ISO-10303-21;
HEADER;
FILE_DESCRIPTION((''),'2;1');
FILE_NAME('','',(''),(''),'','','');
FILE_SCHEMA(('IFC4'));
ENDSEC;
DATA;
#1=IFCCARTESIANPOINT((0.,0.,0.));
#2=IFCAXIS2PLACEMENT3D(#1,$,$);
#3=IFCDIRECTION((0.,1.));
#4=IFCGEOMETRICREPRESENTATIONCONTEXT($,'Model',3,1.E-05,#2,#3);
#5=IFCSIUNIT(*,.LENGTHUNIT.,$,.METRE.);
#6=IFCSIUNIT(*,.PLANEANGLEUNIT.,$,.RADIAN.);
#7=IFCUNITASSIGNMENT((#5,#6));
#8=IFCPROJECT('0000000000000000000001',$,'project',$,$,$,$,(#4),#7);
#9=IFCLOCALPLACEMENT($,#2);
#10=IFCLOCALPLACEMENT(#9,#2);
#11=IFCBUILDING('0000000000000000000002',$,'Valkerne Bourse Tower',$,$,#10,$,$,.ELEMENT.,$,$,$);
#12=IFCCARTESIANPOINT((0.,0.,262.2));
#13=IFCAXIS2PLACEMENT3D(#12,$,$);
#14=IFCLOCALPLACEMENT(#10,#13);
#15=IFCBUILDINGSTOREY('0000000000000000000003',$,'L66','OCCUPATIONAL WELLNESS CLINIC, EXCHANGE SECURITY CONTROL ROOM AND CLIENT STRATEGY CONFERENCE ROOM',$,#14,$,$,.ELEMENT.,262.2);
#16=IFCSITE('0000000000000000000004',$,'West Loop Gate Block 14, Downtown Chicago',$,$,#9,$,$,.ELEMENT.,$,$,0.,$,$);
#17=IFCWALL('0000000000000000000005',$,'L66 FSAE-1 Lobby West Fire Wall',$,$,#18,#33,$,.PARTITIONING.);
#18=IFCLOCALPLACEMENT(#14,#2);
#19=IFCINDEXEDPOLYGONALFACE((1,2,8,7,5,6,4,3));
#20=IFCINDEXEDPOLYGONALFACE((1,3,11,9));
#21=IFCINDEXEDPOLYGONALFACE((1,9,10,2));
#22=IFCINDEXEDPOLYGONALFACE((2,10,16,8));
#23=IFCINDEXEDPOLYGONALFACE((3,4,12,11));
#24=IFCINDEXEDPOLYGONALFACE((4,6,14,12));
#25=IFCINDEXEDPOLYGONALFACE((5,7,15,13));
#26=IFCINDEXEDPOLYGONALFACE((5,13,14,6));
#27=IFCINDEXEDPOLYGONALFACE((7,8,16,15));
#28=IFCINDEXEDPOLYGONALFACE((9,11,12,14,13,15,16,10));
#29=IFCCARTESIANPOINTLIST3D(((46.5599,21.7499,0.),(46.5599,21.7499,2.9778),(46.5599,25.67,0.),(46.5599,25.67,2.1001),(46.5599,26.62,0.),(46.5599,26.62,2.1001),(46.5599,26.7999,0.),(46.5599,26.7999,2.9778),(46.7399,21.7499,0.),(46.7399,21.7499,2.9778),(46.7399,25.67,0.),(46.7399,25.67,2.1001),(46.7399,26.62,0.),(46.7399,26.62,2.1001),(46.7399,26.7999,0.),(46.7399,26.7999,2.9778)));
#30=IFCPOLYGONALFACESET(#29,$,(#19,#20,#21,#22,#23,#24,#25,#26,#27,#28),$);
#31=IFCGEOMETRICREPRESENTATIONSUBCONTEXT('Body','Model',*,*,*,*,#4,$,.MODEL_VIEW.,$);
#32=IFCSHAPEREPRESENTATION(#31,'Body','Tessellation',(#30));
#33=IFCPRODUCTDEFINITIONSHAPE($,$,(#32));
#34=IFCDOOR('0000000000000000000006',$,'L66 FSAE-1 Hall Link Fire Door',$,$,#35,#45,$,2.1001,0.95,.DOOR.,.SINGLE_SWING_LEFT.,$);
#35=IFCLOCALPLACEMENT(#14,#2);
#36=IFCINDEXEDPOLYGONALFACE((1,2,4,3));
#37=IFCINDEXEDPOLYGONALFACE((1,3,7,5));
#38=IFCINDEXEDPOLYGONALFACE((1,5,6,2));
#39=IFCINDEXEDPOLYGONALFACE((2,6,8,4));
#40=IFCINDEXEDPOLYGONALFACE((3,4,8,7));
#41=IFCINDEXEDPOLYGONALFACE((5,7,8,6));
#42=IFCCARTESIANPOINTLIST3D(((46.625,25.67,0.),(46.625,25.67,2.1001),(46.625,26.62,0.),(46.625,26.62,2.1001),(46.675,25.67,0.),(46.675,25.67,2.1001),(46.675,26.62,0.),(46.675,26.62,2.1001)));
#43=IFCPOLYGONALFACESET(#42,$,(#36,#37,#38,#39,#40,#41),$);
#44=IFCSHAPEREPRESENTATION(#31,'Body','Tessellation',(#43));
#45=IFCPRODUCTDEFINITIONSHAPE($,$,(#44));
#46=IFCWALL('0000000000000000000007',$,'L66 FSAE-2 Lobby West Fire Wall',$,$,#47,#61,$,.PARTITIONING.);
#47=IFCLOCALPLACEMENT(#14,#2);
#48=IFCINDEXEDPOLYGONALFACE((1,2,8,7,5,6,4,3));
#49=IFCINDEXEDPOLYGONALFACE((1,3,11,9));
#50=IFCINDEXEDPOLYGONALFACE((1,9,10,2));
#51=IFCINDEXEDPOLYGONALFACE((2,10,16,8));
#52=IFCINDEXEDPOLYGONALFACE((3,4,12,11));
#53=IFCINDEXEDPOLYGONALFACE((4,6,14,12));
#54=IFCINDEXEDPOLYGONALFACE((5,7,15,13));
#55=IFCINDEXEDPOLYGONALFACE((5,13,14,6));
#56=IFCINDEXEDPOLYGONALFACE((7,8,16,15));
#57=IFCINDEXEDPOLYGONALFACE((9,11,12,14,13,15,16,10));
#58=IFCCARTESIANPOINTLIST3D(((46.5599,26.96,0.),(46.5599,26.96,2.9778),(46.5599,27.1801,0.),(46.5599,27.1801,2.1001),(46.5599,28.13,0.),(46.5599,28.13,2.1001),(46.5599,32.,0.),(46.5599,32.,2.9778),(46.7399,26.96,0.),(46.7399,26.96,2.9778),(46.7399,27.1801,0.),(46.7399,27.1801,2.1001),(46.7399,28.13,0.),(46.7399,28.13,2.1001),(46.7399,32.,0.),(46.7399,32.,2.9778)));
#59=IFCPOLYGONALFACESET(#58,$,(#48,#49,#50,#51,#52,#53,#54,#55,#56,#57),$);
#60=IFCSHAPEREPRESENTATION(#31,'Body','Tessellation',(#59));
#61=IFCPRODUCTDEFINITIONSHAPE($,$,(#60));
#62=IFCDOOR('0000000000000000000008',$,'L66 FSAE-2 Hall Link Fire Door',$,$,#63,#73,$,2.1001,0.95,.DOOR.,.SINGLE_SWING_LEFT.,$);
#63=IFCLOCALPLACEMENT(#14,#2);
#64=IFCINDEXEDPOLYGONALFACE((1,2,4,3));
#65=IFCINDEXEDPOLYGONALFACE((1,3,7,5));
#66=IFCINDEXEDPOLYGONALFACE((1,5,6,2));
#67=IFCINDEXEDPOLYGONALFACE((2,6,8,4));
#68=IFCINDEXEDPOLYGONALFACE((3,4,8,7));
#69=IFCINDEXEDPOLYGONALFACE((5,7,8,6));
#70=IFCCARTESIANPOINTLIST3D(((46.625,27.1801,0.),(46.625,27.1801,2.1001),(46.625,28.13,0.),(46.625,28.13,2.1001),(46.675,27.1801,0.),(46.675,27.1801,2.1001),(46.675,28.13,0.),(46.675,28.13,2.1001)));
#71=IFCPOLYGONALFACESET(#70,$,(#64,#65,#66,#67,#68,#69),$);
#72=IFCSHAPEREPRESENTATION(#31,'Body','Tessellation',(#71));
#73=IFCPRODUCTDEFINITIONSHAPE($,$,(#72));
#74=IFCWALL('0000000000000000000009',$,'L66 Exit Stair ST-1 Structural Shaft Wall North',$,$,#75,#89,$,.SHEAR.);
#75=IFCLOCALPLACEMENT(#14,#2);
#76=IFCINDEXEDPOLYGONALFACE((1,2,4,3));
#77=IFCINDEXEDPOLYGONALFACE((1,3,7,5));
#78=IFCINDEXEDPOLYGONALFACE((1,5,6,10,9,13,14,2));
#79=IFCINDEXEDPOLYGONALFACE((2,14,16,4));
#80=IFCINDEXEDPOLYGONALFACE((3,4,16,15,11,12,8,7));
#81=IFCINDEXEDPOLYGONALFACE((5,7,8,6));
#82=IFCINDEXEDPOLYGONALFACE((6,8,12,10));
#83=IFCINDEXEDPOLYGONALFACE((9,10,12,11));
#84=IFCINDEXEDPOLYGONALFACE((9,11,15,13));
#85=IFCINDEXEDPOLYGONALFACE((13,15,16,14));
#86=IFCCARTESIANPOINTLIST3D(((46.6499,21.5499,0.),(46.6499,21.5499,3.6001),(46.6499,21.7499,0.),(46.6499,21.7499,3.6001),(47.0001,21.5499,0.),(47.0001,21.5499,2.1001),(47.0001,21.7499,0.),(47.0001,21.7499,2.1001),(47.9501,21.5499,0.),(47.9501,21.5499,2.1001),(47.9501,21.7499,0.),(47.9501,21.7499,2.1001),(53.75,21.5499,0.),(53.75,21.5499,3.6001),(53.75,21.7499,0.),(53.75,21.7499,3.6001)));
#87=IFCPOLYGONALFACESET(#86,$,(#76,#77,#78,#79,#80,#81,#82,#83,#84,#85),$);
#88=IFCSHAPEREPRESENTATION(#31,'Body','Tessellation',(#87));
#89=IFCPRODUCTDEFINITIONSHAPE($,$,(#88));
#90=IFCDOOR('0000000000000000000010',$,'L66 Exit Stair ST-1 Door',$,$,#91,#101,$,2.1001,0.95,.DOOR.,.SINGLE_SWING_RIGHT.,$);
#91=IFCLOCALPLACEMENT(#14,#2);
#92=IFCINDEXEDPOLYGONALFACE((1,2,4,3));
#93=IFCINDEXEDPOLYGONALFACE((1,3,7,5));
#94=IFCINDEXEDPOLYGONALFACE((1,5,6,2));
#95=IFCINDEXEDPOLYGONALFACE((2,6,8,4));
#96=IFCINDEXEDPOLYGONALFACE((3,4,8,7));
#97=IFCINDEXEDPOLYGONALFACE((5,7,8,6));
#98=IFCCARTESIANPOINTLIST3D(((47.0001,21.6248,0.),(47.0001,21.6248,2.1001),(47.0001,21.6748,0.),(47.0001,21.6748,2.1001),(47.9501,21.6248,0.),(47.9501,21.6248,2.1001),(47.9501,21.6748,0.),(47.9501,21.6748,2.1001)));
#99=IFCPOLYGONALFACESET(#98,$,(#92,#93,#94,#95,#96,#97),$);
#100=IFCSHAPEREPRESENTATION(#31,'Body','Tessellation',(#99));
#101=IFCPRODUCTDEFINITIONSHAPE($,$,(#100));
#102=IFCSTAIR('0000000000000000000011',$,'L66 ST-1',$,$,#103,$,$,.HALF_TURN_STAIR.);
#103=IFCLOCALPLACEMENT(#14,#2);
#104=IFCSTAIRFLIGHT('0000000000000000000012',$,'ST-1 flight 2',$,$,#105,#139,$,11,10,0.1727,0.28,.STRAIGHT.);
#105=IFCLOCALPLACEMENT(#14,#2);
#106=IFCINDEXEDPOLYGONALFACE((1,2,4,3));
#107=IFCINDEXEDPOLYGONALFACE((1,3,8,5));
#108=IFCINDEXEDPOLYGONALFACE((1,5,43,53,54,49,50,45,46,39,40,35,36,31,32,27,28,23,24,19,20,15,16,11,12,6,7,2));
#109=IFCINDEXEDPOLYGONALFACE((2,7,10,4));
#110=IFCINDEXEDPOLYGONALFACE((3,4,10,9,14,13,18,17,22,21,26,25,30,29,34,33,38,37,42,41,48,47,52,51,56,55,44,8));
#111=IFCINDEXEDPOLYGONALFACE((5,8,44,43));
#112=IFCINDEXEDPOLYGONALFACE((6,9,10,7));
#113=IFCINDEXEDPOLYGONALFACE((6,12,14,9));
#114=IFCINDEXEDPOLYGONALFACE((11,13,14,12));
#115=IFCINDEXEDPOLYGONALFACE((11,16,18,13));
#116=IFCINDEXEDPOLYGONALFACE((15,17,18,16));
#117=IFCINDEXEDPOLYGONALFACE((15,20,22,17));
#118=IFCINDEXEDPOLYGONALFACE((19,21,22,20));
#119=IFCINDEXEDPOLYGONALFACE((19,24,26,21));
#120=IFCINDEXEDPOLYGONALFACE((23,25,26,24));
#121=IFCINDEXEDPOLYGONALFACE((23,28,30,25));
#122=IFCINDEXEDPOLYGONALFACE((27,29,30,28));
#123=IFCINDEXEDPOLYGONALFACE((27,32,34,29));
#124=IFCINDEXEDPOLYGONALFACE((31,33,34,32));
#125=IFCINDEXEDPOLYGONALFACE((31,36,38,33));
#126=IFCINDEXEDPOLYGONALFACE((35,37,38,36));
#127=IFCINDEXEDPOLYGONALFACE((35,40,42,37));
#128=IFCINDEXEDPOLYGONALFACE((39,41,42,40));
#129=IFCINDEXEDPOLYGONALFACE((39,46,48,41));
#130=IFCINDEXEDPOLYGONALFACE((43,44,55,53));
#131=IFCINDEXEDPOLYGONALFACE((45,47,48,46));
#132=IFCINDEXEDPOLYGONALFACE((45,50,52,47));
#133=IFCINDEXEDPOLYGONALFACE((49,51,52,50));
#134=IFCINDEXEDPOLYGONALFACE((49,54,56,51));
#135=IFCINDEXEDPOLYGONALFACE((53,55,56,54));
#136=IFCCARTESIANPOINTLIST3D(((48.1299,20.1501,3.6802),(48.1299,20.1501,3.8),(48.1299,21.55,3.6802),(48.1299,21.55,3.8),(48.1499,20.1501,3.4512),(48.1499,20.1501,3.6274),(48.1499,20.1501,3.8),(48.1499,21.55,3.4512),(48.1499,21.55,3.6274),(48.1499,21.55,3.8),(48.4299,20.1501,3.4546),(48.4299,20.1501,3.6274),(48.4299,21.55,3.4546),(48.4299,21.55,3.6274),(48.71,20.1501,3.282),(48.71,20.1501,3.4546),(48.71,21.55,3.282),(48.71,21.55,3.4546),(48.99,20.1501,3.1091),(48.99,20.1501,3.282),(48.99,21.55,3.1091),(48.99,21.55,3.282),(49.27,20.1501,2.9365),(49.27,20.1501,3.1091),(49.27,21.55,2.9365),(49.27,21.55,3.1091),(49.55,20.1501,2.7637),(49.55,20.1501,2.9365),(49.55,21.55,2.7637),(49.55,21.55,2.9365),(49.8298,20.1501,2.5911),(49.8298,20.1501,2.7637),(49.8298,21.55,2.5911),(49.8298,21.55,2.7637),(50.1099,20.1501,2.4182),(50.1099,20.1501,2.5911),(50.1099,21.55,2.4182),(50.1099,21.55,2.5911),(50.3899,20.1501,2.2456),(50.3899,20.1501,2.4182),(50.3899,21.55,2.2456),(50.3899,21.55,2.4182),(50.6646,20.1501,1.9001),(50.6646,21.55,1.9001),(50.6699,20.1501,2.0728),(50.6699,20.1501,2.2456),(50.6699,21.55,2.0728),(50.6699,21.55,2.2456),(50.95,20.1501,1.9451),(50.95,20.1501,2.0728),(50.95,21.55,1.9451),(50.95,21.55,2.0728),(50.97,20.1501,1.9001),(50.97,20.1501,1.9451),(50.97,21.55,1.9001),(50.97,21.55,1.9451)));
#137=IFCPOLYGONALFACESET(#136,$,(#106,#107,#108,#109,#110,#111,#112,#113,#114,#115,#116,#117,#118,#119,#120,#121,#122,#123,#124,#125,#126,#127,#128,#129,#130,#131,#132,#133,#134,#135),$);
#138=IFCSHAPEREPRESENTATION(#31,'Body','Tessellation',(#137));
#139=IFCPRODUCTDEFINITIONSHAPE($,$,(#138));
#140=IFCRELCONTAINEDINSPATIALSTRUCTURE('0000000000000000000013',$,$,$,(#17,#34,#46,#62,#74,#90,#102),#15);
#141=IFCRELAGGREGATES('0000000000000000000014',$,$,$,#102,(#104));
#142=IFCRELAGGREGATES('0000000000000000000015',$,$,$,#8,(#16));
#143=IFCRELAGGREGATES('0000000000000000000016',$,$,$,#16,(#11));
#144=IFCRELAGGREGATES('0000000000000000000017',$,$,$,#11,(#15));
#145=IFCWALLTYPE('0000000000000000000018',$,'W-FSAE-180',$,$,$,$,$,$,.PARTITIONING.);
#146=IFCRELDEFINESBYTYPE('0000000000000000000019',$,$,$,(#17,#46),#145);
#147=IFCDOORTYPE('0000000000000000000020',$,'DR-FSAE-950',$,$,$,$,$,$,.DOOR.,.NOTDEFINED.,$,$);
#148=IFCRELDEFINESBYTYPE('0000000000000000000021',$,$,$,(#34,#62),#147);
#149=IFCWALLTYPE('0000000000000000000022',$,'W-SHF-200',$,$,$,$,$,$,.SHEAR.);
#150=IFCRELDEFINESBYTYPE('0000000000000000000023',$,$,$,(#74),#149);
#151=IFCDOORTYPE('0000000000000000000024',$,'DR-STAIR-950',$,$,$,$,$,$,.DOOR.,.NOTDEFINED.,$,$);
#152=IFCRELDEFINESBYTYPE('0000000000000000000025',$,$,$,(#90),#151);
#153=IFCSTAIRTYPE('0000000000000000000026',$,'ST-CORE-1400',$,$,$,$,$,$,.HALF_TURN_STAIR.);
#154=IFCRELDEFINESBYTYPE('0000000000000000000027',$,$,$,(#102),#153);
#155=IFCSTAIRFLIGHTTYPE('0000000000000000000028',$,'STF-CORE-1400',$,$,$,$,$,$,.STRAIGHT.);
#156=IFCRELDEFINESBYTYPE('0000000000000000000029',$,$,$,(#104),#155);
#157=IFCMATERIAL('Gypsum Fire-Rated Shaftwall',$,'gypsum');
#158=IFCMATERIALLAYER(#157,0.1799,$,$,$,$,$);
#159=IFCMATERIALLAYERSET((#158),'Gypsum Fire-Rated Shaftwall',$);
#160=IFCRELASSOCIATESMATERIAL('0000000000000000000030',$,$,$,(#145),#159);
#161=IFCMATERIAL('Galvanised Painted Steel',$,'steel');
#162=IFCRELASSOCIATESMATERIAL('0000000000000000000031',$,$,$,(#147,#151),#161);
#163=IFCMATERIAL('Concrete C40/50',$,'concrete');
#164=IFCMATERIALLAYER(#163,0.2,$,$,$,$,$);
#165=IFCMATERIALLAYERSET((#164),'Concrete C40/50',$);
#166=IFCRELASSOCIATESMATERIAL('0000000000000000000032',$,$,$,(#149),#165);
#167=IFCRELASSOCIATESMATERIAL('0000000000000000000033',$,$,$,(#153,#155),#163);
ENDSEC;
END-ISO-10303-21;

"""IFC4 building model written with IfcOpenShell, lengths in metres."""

from ifc_helpers import new_model, si_unit, direction, frame, frame_2d, origin, place, context, subcontext, project, spatial, polyline, rectangle, outline, extrude, material, layer, layer_set, type_object, element, fill, aggregate, save


model = new_model("IFC4")

# Units and contexts
model_context = context("Model", 3, precision=1e-05, world=origin(), true_north=direction((0.0, 1.0)))
body_context = subcontext(model_context, "Body", "Model", "MODEL_VIEW")
ifc_project = project(units=[si_unit("LENGTHUNIT", "METRE"), si_unit("PLANEANGLEUNIT", "RADIAN")], contexts=[model_context])

# Site, building, storey
site_placement = place(None, origin())
site = spatial("IfcSite", under=ifc_project, at=site_placement, Name="West Loop Gate Block 14, Downtown Chicago", CompositionType="ELEMENT", RefElevation=0.0)
building_placement = place(site_placement, origin())
building = spatial("IfcBuilding", under=site, at=building_placement, Name="Valkerne Bourse Tower", CompositionType="ELEMENT")
storey_placement = place(building_placement, frame((0.0, 0.0, 262.2)))
storey = spatial("IfcBuildingStorey", under=building, at=storey_placement, Name="L66", Description="OCCUPATIONAL WELLNESS CLINIC, EXCHANGE SECURITY CONTROL ROOM AND CLIENT STRATEGY CONFERENCE ROOM", CompositionType="ELEMENT", Elevation=262.2)

# Shared definitions
ifc_material_1 = material(Name="Gypsum Fire-Rated Shaftwall", Category="gypsum")
ifc_layer_1 = layer(ifc_material_1, 0.1799)
ifc_layer_set_1 = layer_set([ifc_layer_1], Name="Gypsum Fire-Rated Shaftwall")
wall_type_1 = type_object("IfcWallType", Name="W-FSAE-180", PredefinedType="PARTITIONING", material=ifc_layer_set_1)

# Walls, openings, doors
wall_1_placement = place(storey_placement, frame((46.6499, 21.75, 0.0), z_axis=(0.0, 0.0, 1.0), x_axis=(0.0, 1.0, 0.0)))
wall_1 = element("IfcWall", 1, at=wall_1_placement, inside=storey, type_object=wall_type_1, Name="L66 FSAE-1 Lobby West Fire Wall", PredefinedType="PARTITIONING", context=body_context, shape_type="SweptSolid", body=[
    extrude(rectangle(XDim=5.05, YDim=0.1799, at=frame_2d((2.5249, 0.0))), origin(), (0.0, 0.0, 1.0), 2.9778),
])
opening_1_placement = place(wall_1_placement, frame((3.9199, 0.0, 0.0)))
opening_1 = element("IfcOpeningElement", 2, at=opening_1_placement, cuts=wall_1, PredefinedType="OPENING", context=body_context, shape_type="SweptSolid", body=[
    extrude(rectangle(XDim=0.95, YDim=2.1001, at=frame_2d((0.4751, 1.05))), frame((0.0, 0.0999, 0.0), z_axis=(0.0, -1.0, 0.0), x_axis=(1.0, 0.0, 0.0)), (0.0, 0.0, 1.0), 0.2),
])
ifc_material_2 = material(Name="Galvanised Painted Steel", Category="steel")
door_type_1 = type_object("IfcDoorType", Name="DR-FSAE-950", OperationType="NOTDEFINED", PredefinedType="DOOR", material=ifc_material_2)
door_1_placement = place(opening_1_placement, origin())
door_1 = element("IfcDoor", 3, at=door_1_placement, inside=storey, type_object=door_type_1, Name="L66 FSAE-1 Hall Link Fire Door", OperationType="SINGLE_SWING_LEFT", OverallHeight=2.1001, OverallWidth=0.95, PredefinedType="DOOR", context=body_context, shape_type="SweptSolid", body=[
    extrude(rectangle(XDim=0.95, YDim=2.1001, at=frame_2d((0.4751, 1.05))), frame((0.0, 0.0249, 0.0), z_axis=(0.0, -1.0, 0.0), x_axis=(1.0, 0.0, 0.0)), (0.0, 0.0, 1.0), 0.05),
])
fill(opening_1, door_1)
wall_2_placement = place(storey_placement, frame((46.6499, 26.96, 0.0), z_axis=(0.0, 0.0, 1.0), x_axis=(0.0, 1.0, 0.0)))
wall_2 = element("IfcWall", 4, at=wall_2_placement, inside=storey, type_object=wall_type_1, Name="L66 FSAE-2 Lobby West Fire Wall", PredefinedType="PARTITIONING", context=body_context, shape_type="SweptSolid", body=[
    extrude(rectangle(XDim=5.04, YDim=0.1799, at=frame_2d((2.52, 0.0))), origin(), (0.0, 0.0, 1.0), 2.9778),
])
opening_2_placement = place(wall_2_placement, frame((0.22, 0.0, 0.0)))
opening_2 = element("IfcOpeningElement", 5, at=opening_2_placement, cuts=wall_2, PredefinedType="OPENING", context=body_context, shape_type="SweptSolid", body=[
    extrude(rectangle(XDim=0.95, YDim=2.1001, at=frame_2d((0.4751, 1.05))), frame((0.0, 0.0999, 0.0), z_axis=(0.0, -1.0, 0.0), x_axis=(1.0, 0.0, 0.0)), (0.0, 0.0, 1.0), 0.2),
])
door_2_placement = place(opening_2_placement, origin())
door_2 = element("IfcDoor", 6, at=door_2_placement, inside=storey, type_object=door_type_1, Name="L66 FSAE-2 Hall Link Fire Door", OperationType="SINGLE_SWING_LEFT", OverallHeight=2.1001, OverallWidth=0.95, PredefinedType="DOOR", context=body_context, shape_type="SweptSolid", body=[
    extrude(rectangle(XDim=0.95, YDim=2.1001, at=frame_2d((0.4751, 1.05))), frame((0.0, 0.0249, 0.0), z_axis=(0.0, -1.0, 0.0), x_axis=(1.0, 0.0, 0.0)), (0.0, 0.0, 1.0), 0.05),
])
fill(opening_2, door_2)

# Wall, opening, door
ifc_material_3 = material(Name="Concrete C40/50", Category="concrete")
ifc_layer_2 = layer(ifc_material_3, 0.2)
ifc_layer_set_2 = layer_set([ifc_layer_2], Name="Concrete C40/50")
wall_type_2 = type_object("IfcWallType", Name="W-SHF-200", PredefinedType="SHEAR", material=ifc_layer_set_2)
wall_3_placement = place(storey_placement, frame((46.6499, 21.6499, 0.0), z_axis=(0.0, 0.0, 1.0), x_axis=(1.0, 0.0, 0.0)))
wall_3 = element("IfcWall", 7, at=wall_3_placement, inside=storey, type_object=wall_type_2, Name="L66 Exit Stair ST-1 Structural Shaft Wall North", PredefinedType="SHEAR", context=body_context, shape_type="SweptSolid", body=[
    extrude(rectangle(XDim=7.1001, YDim=0.2, at=frame_2d((3.55, 0.0))), origin(), (0.0, 0.0, 1.0), 3.6001),
])
opening_3_placement = place(wall_3_placement, frame((0.3501, 0.0, 0.0)))
opening_3 = element("IfcOpeningElement", 8, at=opening_3_placement, cuts=wall_3, PredefinedType="OPENING", context=body_context, shape_type="SweptSolid", body=[
    extrude(rectangle(XDim=0.95, YDim=2.1001, at=frame_2d((0.4751, 1.05))), frame((0.0, 0.1099, 0.0), z_axis=(0.0, -1.0, 0.0), x_axis=(1.0, 0.0, 0.0)), (0.0, 0.0, 1.0), 0.22),
])
door_type_2 = type_object("IfcDoorType", Name="DR-STAIR-950", OperationType="NOTDEFINED", PredefinedType="DOOR", material=ifc_material_2)
door_3_placement = place(opening_3_placement, origin())
door_3 = element("IfcDoor", 9, at=door_3_placement, inside=storey, type_object=door_type_2, Name="L66 Exit Stair ST-1 Door", OperationType="SINGLE_SWING_RIGHT", OverallHeight=2.1001, OverallWidth=0.95, PredefinedType="DOOR", context=body_context, shape_type="SweptSolid", body=[
    extrude(rectangle(XDim=0.95, YDim=2.1001, at=frame_2d((0.4751, 1.05))), frame((0.0, 0.0249, 0.0), z_axis=(0.0, -1.0, 0.0), x_axis=(1.0, 0.0, 0.0)), (0.0, 0.0, 1.0), 0.05),
])
fill(opening_3, door_3)

# Stair, stair flight
stair_type = type_object("IfcStairType", Name="ST-CORE-1400", PredefinedType="HALF_TURN_STAIR", material=ifc_material_3)
stair_placement = place(storey_placement, origin())
stair = element("IfcStair", 10, at=stair_placement, inside=storey, type_object=stair_type, Name="L66 ST-1", PredefinedType="HALF_TURN_STAIR")
stair_flight_type = type_object("IfcStairFlightType", Name="STF-CORE-1400", PredefinedType="STRAIGHT", material=ifc_material_3)
stair_flight_placement = place(storey_placement, frame((50.95, 20.8501, 1.9001), z_axis=(0.0, 0.0, 1.0), x_axis=(-1.0, 0.0, 0.0)))
stair_flight = element("IfcStairFlight", 11, at=stair_flight_placement, type_object=stair_flight_type, Name="ST-1 flight 2", NumberOfRisers=11, NumberOfTreads=10, PredefinedType="STRAIGHT", RiserHeight=0.1727, TreadLength=0.28, context=body_context, shape_type="SweptSolid", body=[
    extrude(outline(polyline([(-0.02, 0.0), (-0.02, 0.0449), (0.0, 0.0449), (0.0, 0.1726), (0.28, 0.1726), (0.28, 0.3455), (0.5601, 0.3455), (0.5601, 0.5181), (0.8401, 0.5181), (0.8401, 0.6909), (1.1201, 0.6909), (1.1201, 0.8635), (1.3999, 0.8635), (1.3999, 1.0364), (1.6799, 1.0364), (1.6799, 1.209), (1.96, 1.209), (1.96, 1.3818), (2.24, 1.3818), (2.24, 1.5544), (2.52, 1.5544), (2.52, 1.7273), (2.8, 1.7273), (2.8, 1.8999), (2.8201, 1.8999), (2.8201, 1.78), (2.8, 1.551), (0.2854, 0.0), (-0.02, 0.0)])), frame((0.0, 0.7, 0.0), z_axis=(0.0, -1.0, 0.0), x_axis=(1.0, 0.0, 0.0)), (0.0, 0.0, 1.0), 1.3999),
])
aggregate(stair, [stair_flight])

save(model, "model.ifc")
